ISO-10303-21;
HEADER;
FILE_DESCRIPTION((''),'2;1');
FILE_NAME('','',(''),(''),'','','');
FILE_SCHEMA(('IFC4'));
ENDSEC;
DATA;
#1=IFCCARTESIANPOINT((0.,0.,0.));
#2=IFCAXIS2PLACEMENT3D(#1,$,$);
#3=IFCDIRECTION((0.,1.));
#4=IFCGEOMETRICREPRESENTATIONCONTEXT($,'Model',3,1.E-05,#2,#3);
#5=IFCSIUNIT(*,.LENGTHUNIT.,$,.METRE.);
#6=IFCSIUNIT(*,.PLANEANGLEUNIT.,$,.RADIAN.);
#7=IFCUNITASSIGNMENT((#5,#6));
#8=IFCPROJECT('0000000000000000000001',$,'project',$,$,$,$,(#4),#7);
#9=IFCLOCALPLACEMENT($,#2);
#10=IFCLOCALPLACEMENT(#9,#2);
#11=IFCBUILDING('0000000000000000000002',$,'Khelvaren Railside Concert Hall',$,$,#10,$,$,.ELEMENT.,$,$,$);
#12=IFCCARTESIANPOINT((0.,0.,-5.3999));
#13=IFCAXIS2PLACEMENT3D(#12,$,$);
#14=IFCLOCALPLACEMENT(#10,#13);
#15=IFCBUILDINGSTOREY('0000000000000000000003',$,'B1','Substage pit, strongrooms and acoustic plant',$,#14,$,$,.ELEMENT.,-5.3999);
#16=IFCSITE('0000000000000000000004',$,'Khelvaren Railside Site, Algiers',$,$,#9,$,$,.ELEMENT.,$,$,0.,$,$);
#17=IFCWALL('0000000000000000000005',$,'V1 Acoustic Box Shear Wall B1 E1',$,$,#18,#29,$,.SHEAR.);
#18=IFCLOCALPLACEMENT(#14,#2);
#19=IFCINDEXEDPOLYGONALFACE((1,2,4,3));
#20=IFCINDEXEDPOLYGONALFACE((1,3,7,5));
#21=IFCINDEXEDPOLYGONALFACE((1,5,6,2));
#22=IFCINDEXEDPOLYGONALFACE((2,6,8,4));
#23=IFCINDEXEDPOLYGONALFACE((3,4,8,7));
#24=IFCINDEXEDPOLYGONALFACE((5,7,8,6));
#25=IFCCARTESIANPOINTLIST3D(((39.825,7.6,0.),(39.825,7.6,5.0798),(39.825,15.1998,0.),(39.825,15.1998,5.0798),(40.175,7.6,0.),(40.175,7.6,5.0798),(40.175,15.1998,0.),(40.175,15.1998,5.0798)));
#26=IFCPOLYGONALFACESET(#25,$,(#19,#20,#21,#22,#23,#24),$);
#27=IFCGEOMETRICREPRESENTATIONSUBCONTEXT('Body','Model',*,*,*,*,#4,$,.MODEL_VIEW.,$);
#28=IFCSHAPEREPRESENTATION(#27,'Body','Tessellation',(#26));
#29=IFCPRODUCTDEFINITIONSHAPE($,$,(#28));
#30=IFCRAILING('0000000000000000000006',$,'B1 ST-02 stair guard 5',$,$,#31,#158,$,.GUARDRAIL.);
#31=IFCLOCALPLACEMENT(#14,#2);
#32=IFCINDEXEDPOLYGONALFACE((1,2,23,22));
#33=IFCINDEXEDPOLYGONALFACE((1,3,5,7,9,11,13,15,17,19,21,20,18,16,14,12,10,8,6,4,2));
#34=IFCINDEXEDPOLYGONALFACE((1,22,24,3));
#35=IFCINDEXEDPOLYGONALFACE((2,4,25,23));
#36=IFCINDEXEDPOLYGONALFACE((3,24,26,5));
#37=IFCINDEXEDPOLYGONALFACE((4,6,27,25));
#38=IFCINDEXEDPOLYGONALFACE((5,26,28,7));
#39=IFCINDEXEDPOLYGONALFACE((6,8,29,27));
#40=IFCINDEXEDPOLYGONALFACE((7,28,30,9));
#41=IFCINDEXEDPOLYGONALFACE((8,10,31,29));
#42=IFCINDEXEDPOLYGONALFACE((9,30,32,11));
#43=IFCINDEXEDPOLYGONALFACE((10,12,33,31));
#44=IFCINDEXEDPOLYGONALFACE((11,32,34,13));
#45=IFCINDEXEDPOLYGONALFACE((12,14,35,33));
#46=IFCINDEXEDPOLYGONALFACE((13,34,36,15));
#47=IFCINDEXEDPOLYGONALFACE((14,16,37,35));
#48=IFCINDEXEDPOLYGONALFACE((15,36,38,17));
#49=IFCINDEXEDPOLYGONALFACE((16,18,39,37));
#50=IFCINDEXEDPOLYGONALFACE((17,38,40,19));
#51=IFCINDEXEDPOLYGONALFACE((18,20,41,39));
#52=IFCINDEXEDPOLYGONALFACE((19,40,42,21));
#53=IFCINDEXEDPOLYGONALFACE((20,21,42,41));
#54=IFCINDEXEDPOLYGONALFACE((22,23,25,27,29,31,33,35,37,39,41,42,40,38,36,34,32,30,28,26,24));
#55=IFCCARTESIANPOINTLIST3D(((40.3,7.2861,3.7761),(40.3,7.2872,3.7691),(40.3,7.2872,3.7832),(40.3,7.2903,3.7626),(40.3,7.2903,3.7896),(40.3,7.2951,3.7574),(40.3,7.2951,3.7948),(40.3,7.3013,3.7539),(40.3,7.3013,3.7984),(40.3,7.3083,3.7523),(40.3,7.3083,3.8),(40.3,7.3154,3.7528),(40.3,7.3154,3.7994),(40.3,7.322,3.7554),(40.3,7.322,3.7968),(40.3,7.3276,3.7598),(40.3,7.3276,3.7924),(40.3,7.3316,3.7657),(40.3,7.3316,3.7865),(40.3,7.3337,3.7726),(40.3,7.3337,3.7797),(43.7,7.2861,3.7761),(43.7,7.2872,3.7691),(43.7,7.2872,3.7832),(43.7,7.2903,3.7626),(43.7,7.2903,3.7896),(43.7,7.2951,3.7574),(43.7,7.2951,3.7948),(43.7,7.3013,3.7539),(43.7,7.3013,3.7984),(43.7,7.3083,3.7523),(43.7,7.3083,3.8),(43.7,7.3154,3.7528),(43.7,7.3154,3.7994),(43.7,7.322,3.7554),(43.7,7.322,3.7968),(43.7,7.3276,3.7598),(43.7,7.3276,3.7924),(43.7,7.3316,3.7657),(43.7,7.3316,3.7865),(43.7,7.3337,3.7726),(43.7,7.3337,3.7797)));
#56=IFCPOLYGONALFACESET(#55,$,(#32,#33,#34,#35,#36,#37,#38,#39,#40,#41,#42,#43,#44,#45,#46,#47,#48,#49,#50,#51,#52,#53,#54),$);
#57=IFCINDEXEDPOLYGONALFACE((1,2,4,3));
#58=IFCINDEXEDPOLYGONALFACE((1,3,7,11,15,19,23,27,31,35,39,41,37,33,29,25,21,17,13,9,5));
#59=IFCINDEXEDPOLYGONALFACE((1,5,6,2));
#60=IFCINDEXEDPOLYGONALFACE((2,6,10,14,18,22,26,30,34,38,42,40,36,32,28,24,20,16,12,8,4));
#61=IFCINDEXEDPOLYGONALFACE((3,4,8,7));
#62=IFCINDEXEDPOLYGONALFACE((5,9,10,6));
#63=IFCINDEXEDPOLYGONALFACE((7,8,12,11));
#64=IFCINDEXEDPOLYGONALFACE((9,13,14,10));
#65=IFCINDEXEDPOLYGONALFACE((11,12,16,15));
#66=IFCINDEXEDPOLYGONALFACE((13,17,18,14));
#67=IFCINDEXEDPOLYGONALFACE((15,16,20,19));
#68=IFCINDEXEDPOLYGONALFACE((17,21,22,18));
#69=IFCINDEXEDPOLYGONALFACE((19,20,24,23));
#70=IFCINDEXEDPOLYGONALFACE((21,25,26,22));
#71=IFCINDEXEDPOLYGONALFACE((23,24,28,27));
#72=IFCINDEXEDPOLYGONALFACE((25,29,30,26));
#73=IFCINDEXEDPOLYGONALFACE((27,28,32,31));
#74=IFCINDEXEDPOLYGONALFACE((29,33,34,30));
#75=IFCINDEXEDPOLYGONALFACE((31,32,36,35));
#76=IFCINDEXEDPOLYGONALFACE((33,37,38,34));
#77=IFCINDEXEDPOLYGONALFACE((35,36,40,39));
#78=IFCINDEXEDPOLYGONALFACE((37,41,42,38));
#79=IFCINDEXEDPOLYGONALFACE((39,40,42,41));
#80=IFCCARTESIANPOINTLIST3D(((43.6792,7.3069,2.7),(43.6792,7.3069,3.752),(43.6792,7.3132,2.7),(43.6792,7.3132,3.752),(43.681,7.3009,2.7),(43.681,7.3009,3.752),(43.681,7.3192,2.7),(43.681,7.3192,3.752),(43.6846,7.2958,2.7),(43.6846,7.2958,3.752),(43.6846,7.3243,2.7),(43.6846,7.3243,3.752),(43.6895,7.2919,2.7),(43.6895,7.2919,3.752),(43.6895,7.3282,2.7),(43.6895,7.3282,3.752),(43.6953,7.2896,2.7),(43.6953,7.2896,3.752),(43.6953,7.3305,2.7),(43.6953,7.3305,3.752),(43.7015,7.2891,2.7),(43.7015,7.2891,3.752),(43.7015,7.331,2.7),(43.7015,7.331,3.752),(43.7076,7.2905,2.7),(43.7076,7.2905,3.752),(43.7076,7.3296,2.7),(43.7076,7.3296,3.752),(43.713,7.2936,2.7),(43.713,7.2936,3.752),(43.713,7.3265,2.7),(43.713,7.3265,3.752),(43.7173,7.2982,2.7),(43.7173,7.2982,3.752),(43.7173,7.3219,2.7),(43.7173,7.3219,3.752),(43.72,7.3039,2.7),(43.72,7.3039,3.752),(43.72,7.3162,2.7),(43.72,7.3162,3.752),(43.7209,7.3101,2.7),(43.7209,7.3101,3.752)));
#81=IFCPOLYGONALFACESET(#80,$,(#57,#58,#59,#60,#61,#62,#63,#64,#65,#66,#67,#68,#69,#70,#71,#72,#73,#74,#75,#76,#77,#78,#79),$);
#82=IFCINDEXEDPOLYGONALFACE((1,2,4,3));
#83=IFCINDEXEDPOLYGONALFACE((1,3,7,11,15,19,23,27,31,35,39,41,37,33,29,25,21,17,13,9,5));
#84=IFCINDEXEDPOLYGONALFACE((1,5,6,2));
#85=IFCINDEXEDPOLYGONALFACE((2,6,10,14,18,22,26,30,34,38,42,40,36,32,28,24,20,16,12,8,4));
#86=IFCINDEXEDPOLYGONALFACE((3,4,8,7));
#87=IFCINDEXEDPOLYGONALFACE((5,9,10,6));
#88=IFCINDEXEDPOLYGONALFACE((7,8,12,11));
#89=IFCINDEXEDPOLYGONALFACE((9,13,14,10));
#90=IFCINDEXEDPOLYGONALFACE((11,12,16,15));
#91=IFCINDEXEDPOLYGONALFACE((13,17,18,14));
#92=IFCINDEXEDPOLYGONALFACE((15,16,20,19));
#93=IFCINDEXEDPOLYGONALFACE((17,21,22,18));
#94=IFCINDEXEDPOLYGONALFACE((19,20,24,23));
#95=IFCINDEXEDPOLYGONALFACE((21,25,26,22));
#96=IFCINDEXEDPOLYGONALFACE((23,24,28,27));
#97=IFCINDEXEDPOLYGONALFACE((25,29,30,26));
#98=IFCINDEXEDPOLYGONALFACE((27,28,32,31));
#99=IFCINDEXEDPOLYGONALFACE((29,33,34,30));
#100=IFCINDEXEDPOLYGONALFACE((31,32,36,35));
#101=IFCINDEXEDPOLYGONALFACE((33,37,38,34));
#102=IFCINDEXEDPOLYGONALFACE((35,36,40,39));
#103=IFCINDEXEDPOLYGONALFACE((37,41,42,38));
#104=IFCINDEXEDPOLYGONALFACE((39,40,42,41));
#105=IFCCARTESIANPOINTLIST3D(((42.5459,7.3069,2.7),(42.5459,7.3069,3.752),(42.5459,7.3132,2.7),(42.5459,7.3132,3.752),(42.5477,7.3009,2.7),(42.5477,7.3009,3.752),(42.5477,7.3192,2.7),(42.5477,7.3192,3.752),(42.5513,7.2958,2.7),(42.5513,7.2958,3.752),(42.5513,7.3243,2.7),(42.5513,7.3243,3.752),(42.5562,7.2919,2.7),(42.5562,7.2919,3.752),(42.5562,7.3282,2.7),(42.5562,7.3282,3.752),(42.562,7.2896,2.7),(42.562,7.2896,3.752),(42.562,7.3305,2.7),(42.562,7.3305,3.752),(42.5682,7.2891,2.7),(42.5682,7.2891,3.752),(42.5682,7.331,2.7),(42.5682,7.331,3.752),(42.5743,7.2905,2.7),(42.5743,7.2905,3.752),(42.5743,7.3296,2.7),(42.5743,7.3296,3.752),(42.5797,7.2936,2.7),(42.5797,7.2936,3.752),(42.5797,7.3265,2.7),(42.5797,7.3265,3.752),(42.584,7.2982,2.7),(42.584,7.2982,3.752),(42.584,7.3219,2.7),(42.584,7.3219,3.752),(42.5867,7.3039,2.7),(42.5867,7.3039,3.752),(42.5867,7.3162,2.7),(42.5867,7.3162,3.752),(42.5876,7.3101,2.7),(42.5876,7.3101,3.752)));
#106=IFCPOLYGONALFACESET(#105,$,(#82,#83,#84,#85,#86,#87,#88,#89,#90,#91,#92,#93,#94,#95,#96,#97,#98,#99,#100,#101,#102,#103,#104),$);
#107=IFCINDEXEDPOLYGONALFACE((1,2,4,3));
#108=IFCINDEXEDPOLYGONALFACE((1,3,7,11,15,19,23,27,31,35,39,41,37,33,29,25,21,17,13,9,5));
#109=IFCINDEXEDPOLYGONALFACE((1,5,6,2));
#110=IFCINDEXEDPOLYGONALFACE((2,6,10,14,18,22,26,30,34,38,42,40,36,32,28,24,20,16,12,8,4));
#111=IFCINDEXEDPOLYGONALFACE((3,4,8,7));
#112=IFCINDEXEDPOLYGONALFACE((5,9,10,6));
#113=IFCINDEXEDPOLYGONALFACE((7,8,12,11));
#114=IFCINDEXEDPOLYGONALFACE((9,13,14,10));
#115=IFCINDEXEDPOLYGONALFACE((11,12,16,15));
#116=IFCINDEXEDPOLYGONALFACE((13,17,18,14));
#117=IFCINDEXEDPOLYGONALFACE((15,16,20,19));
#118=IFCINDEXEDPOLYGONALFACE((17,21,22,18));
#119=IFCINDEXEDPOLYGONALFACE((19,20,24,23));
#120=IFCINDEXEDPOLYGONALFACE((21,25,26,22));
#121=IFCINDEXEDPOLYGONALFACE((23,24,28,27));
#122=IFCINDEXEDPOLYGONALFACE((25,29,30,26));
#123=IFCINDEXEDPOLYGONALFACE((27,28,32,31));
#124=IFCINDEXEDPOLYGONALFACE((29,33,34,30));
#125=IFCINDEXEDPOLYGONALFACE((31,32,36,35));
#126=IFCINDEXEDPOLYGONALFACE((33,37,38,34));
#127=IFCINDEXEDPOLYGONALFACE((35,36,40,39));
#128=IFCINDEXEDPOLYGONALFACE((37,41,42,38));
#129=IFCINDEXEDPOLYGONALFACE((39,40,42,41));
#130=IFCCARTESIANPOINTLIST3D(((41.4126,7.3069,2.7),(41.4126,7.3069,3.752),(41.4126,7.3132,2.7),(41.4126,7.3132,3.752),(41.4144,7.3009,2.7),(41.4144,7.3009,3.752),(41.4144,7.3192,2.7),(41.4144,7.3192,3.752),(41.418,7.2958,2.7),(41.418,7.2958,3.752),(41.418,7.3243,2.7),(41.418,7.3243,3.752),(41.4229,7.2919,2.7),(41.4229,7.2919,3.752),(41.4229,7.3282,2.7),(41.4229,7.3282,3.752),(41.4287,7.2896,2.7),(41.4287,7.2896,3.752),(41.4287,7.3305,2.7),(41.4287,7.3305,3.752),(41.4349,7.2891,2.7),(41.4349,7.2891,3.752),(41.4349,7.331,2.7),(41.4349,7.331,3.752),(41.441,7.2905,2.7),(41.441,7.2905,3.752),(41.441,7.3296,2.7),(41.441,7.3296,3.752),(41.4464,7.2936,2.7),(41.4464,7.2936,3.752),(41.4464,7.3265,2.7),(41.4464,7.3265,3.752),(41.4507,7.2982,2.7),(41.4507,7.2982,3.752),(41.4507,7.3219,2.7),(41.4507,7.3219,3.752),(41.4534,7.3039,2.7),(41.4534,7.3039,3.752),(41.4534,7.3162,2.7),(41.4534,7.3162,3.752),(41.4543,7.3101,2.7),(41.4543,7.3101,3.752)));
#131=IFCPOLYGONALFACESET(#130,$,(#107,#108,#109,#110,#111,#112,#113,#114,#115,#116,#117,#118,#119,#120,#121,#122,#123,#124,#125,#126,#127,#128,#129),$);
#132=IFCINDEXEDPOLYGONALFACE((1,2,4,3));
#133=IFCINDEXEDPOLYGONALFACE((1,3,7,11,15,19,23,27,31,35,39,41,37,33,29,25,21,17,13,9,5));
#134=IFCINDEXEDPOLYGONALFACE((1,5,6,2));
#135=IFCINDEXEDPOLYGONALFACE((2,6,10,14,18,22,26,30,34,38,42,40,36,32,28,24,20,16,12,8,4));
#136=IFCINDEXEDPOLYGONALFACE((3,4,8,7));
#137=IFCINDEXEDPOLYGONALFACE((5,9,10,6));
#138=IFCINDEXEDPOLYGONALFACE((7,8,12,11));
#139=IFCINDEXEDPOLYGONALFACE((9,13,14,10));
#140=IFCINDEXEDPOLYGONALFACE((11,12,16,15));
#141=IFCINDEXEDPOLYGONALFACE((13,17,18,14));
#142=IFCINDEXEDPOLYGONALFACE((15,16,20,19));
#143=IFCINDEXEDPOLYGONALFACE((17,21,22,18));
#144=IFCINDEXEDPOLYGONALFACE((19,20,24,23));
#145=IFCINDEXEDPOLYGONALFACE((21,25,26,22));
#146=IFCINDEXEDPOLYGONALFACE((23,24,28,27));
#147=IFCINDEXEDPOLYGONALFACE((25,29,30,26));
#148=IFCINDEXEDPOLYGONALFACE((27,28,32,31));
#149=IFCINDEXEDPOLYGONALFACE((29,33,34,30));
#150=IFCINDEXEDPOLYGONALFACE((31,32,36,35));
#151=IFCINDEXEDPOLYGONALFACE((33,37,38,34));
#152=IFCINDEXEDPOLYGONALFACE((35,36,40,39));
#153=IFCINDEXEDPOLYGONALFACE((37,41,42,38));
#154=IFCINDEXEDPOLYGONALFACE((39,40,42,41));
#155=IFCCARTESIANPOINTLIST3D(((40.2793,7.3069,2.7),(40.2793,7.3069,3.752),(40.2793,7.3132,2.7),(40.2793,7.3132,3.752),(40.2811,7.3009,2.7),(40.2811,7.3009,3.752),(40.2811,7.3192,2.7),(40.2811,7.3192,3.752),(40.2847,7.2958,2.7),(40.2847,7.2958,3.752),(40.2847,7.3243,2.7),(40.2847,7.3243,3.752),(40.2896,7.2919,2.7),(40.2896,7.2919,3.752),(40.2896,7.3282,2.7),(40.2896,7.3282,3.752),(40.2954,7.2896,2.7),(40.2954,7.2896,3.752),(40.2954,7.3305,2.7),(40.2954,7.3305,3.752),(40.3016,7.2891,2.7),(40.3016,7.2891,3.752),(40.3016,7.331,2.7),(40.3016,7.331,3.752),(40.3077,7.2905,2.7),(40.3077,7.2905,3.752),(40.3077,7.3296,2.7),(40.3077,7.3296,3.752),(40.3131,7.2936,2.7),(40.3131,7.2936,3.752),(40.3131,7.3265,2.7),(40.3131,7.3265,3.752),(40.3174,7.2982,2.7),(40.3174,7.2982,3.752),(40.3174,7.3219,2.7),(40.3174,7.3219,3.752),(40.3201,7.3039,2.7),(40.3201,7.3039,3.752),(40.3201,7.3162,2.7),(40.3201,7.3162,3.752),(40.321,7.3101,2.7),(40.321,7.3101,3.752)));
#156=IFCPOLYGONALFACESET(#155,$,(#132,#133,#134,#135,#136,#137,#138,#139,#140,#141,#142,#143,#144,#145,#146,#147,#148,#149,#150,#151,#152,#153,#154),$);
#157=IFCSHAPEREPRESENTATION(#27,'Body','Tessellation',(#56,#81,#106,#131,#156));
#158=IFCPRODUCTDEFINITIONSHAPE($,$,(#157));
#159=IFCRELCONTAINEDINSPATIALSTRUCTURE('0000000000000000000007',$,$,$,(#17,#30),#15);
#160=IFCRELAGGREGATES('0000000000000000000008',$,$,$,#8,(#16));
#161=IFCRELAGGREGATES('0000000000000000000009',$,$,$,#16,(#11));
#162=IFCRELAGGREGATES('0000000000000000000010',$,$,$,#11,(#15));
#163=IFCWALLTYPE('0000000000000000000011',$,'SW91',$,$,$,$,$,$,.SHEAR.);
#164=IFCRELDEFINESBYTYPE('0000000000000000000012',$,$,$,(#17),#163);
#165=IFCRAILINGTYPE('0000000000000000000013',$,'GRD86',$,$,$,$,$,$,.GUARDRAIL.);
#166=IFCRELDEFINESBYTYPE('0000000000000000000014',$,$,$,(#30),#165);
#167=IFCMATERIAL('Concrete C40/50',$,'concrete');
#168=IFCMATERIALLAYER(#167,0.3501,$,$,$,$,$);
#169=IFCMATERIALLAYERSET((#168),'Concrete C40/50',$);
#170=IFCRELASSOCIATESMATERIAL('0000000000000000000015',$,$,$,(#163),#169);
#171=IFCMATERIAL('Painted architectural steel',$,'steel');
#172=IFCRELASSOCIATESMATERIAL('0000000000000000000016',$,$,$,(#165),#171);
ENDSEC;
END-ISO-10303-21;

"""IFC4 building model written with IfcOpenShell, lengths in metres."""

from ifc_helpers import new_model, si_unit, direction, frame, frame_2d, origin, origin_2d, place, context, subcontext, project, spatial, rectangle, circle, extrude, material, layer, layer_set, type_object, element, save


model = new_model("IFC4")

# Units and contexts
model_context = context("Model", 3, precision=1e-05, world=origin(), true_north=direction((0.0, 1.0)))
body_context = subcontext(model_context, "Body", "Model", "MODEL_VIEW")
ifc_project = project(units=[si_unit("LENGTHUNIT", "METRE"), si_unit("PLANEANGLEUNIT", "RADIAN")], contexts=[model_context])

# Site, building, storey
site_placement = place(None, origin())
site = spatial("IfcSite", under=ifc_project, at=site_placement, Name="Khelvaren Railside Site, Algiers", CompositionType="ELEMENT", RefElevation=0.0)
building_placement = place(site_placement, origin())
building = spatial("IfcBuilding", under=site, at=building_placement, Name="Khelvaren Railside Concert Hall", CompositionType="ELEMENT")
storey_placement = place(building_placement, frame((0.0, 0.0, -5.3999)))
storey = spatial("IfcBuildingStorey", under=building, at=storey_placement, Name="B1", Description="Substage pit, strongrooms and acoustic plant", CompositionType="ELEMENT", Elevation=-5.3999)

# Shared definitions
ifc_material_1 = material(Name="Concrete C40/50", Category="concrete")

# Shared definitions
ifc_layer_1 = layer(ifc_material_1, 0.3501)
ifc_layer_set_1 = layer_set([ifc_layer_1], Name="Concrete C40/50")
wall_type_1 = type_object("IfcWallType", Name="SW91", PredefinedType="SHEAR", material=ifc_layer_set_1)

# Wall
wall_1_placement = place(storey_placement, frame((40.0, 7.6001, 0.0), z_axis=(0.0, 0.0, 1.0), x_axis=(0.0, 1.0, 0.0)))
element("IfcWall", 1, at=wall_1_placement, inside=storey, type_object=wall_type_1, Name="V1 Acoustic Box Shear Wall B1 E1", PredefinedType="SHEAR", context=body_context, shape_type="SweptSolid", body=[
    extrude(rectangle(XDim=7.5999, YDim=0.3501, at=frame_2d((3.7998, 0.0))), origin(), (0.0, 0.0, 1.0), 5.0798),
])

# Railing
ifc_material_2 = material(Name="Painted architectural steel", Category="steel")
railing_type = type_object("IfcRailingType", Name="GRD86", PredefinedType="GUARDRAIL", material=ifc_material_2)
railing_placement = place(storey_placement, frame((43.7, 7.3101, 2.7)))
element("IfcRailing", 2, at=railing_placement, inside=storey, type_object=railing_type, Name="B1 ST-02 stair guard 5", PredefinedType="GUARDRAIL", context=body_context, shape_type="SweptSolid", body=[
    extrude(circle(Radius=0.0239, at=origin_2d()), frame((0.0, 0.0, 1.0762), z_axis=(-1.0, 0.0, 0.0), x_axis=(0.0, -1.0, 0.0)), (0.0, 0.0, 1.0), 3.3999),
    extrude(circle(Radius=0.021, at=origin_2d()), origin(), (0.0, 0.0, 1.0), 1.052),
    extrude(circle(Radius=0.021, at=origin_2d()), frame((-1.1333, 0.0, 0.0)), (0.0, 0.0, 1.0), 1.052),
    extrude(circle(Radius=0.021, at=origin_2d()), frame((-2.2666, 0.0, 0.0)), (0.0, 0.0, 1.0), 1.052),
    extrude(circle(Radius=0.021, at=origin_2d()), frame((-3.3999, 0.0, 0.0)), (0.0, 0.0, 1.0), 1.052),
])

save(model, "model.ifc")
